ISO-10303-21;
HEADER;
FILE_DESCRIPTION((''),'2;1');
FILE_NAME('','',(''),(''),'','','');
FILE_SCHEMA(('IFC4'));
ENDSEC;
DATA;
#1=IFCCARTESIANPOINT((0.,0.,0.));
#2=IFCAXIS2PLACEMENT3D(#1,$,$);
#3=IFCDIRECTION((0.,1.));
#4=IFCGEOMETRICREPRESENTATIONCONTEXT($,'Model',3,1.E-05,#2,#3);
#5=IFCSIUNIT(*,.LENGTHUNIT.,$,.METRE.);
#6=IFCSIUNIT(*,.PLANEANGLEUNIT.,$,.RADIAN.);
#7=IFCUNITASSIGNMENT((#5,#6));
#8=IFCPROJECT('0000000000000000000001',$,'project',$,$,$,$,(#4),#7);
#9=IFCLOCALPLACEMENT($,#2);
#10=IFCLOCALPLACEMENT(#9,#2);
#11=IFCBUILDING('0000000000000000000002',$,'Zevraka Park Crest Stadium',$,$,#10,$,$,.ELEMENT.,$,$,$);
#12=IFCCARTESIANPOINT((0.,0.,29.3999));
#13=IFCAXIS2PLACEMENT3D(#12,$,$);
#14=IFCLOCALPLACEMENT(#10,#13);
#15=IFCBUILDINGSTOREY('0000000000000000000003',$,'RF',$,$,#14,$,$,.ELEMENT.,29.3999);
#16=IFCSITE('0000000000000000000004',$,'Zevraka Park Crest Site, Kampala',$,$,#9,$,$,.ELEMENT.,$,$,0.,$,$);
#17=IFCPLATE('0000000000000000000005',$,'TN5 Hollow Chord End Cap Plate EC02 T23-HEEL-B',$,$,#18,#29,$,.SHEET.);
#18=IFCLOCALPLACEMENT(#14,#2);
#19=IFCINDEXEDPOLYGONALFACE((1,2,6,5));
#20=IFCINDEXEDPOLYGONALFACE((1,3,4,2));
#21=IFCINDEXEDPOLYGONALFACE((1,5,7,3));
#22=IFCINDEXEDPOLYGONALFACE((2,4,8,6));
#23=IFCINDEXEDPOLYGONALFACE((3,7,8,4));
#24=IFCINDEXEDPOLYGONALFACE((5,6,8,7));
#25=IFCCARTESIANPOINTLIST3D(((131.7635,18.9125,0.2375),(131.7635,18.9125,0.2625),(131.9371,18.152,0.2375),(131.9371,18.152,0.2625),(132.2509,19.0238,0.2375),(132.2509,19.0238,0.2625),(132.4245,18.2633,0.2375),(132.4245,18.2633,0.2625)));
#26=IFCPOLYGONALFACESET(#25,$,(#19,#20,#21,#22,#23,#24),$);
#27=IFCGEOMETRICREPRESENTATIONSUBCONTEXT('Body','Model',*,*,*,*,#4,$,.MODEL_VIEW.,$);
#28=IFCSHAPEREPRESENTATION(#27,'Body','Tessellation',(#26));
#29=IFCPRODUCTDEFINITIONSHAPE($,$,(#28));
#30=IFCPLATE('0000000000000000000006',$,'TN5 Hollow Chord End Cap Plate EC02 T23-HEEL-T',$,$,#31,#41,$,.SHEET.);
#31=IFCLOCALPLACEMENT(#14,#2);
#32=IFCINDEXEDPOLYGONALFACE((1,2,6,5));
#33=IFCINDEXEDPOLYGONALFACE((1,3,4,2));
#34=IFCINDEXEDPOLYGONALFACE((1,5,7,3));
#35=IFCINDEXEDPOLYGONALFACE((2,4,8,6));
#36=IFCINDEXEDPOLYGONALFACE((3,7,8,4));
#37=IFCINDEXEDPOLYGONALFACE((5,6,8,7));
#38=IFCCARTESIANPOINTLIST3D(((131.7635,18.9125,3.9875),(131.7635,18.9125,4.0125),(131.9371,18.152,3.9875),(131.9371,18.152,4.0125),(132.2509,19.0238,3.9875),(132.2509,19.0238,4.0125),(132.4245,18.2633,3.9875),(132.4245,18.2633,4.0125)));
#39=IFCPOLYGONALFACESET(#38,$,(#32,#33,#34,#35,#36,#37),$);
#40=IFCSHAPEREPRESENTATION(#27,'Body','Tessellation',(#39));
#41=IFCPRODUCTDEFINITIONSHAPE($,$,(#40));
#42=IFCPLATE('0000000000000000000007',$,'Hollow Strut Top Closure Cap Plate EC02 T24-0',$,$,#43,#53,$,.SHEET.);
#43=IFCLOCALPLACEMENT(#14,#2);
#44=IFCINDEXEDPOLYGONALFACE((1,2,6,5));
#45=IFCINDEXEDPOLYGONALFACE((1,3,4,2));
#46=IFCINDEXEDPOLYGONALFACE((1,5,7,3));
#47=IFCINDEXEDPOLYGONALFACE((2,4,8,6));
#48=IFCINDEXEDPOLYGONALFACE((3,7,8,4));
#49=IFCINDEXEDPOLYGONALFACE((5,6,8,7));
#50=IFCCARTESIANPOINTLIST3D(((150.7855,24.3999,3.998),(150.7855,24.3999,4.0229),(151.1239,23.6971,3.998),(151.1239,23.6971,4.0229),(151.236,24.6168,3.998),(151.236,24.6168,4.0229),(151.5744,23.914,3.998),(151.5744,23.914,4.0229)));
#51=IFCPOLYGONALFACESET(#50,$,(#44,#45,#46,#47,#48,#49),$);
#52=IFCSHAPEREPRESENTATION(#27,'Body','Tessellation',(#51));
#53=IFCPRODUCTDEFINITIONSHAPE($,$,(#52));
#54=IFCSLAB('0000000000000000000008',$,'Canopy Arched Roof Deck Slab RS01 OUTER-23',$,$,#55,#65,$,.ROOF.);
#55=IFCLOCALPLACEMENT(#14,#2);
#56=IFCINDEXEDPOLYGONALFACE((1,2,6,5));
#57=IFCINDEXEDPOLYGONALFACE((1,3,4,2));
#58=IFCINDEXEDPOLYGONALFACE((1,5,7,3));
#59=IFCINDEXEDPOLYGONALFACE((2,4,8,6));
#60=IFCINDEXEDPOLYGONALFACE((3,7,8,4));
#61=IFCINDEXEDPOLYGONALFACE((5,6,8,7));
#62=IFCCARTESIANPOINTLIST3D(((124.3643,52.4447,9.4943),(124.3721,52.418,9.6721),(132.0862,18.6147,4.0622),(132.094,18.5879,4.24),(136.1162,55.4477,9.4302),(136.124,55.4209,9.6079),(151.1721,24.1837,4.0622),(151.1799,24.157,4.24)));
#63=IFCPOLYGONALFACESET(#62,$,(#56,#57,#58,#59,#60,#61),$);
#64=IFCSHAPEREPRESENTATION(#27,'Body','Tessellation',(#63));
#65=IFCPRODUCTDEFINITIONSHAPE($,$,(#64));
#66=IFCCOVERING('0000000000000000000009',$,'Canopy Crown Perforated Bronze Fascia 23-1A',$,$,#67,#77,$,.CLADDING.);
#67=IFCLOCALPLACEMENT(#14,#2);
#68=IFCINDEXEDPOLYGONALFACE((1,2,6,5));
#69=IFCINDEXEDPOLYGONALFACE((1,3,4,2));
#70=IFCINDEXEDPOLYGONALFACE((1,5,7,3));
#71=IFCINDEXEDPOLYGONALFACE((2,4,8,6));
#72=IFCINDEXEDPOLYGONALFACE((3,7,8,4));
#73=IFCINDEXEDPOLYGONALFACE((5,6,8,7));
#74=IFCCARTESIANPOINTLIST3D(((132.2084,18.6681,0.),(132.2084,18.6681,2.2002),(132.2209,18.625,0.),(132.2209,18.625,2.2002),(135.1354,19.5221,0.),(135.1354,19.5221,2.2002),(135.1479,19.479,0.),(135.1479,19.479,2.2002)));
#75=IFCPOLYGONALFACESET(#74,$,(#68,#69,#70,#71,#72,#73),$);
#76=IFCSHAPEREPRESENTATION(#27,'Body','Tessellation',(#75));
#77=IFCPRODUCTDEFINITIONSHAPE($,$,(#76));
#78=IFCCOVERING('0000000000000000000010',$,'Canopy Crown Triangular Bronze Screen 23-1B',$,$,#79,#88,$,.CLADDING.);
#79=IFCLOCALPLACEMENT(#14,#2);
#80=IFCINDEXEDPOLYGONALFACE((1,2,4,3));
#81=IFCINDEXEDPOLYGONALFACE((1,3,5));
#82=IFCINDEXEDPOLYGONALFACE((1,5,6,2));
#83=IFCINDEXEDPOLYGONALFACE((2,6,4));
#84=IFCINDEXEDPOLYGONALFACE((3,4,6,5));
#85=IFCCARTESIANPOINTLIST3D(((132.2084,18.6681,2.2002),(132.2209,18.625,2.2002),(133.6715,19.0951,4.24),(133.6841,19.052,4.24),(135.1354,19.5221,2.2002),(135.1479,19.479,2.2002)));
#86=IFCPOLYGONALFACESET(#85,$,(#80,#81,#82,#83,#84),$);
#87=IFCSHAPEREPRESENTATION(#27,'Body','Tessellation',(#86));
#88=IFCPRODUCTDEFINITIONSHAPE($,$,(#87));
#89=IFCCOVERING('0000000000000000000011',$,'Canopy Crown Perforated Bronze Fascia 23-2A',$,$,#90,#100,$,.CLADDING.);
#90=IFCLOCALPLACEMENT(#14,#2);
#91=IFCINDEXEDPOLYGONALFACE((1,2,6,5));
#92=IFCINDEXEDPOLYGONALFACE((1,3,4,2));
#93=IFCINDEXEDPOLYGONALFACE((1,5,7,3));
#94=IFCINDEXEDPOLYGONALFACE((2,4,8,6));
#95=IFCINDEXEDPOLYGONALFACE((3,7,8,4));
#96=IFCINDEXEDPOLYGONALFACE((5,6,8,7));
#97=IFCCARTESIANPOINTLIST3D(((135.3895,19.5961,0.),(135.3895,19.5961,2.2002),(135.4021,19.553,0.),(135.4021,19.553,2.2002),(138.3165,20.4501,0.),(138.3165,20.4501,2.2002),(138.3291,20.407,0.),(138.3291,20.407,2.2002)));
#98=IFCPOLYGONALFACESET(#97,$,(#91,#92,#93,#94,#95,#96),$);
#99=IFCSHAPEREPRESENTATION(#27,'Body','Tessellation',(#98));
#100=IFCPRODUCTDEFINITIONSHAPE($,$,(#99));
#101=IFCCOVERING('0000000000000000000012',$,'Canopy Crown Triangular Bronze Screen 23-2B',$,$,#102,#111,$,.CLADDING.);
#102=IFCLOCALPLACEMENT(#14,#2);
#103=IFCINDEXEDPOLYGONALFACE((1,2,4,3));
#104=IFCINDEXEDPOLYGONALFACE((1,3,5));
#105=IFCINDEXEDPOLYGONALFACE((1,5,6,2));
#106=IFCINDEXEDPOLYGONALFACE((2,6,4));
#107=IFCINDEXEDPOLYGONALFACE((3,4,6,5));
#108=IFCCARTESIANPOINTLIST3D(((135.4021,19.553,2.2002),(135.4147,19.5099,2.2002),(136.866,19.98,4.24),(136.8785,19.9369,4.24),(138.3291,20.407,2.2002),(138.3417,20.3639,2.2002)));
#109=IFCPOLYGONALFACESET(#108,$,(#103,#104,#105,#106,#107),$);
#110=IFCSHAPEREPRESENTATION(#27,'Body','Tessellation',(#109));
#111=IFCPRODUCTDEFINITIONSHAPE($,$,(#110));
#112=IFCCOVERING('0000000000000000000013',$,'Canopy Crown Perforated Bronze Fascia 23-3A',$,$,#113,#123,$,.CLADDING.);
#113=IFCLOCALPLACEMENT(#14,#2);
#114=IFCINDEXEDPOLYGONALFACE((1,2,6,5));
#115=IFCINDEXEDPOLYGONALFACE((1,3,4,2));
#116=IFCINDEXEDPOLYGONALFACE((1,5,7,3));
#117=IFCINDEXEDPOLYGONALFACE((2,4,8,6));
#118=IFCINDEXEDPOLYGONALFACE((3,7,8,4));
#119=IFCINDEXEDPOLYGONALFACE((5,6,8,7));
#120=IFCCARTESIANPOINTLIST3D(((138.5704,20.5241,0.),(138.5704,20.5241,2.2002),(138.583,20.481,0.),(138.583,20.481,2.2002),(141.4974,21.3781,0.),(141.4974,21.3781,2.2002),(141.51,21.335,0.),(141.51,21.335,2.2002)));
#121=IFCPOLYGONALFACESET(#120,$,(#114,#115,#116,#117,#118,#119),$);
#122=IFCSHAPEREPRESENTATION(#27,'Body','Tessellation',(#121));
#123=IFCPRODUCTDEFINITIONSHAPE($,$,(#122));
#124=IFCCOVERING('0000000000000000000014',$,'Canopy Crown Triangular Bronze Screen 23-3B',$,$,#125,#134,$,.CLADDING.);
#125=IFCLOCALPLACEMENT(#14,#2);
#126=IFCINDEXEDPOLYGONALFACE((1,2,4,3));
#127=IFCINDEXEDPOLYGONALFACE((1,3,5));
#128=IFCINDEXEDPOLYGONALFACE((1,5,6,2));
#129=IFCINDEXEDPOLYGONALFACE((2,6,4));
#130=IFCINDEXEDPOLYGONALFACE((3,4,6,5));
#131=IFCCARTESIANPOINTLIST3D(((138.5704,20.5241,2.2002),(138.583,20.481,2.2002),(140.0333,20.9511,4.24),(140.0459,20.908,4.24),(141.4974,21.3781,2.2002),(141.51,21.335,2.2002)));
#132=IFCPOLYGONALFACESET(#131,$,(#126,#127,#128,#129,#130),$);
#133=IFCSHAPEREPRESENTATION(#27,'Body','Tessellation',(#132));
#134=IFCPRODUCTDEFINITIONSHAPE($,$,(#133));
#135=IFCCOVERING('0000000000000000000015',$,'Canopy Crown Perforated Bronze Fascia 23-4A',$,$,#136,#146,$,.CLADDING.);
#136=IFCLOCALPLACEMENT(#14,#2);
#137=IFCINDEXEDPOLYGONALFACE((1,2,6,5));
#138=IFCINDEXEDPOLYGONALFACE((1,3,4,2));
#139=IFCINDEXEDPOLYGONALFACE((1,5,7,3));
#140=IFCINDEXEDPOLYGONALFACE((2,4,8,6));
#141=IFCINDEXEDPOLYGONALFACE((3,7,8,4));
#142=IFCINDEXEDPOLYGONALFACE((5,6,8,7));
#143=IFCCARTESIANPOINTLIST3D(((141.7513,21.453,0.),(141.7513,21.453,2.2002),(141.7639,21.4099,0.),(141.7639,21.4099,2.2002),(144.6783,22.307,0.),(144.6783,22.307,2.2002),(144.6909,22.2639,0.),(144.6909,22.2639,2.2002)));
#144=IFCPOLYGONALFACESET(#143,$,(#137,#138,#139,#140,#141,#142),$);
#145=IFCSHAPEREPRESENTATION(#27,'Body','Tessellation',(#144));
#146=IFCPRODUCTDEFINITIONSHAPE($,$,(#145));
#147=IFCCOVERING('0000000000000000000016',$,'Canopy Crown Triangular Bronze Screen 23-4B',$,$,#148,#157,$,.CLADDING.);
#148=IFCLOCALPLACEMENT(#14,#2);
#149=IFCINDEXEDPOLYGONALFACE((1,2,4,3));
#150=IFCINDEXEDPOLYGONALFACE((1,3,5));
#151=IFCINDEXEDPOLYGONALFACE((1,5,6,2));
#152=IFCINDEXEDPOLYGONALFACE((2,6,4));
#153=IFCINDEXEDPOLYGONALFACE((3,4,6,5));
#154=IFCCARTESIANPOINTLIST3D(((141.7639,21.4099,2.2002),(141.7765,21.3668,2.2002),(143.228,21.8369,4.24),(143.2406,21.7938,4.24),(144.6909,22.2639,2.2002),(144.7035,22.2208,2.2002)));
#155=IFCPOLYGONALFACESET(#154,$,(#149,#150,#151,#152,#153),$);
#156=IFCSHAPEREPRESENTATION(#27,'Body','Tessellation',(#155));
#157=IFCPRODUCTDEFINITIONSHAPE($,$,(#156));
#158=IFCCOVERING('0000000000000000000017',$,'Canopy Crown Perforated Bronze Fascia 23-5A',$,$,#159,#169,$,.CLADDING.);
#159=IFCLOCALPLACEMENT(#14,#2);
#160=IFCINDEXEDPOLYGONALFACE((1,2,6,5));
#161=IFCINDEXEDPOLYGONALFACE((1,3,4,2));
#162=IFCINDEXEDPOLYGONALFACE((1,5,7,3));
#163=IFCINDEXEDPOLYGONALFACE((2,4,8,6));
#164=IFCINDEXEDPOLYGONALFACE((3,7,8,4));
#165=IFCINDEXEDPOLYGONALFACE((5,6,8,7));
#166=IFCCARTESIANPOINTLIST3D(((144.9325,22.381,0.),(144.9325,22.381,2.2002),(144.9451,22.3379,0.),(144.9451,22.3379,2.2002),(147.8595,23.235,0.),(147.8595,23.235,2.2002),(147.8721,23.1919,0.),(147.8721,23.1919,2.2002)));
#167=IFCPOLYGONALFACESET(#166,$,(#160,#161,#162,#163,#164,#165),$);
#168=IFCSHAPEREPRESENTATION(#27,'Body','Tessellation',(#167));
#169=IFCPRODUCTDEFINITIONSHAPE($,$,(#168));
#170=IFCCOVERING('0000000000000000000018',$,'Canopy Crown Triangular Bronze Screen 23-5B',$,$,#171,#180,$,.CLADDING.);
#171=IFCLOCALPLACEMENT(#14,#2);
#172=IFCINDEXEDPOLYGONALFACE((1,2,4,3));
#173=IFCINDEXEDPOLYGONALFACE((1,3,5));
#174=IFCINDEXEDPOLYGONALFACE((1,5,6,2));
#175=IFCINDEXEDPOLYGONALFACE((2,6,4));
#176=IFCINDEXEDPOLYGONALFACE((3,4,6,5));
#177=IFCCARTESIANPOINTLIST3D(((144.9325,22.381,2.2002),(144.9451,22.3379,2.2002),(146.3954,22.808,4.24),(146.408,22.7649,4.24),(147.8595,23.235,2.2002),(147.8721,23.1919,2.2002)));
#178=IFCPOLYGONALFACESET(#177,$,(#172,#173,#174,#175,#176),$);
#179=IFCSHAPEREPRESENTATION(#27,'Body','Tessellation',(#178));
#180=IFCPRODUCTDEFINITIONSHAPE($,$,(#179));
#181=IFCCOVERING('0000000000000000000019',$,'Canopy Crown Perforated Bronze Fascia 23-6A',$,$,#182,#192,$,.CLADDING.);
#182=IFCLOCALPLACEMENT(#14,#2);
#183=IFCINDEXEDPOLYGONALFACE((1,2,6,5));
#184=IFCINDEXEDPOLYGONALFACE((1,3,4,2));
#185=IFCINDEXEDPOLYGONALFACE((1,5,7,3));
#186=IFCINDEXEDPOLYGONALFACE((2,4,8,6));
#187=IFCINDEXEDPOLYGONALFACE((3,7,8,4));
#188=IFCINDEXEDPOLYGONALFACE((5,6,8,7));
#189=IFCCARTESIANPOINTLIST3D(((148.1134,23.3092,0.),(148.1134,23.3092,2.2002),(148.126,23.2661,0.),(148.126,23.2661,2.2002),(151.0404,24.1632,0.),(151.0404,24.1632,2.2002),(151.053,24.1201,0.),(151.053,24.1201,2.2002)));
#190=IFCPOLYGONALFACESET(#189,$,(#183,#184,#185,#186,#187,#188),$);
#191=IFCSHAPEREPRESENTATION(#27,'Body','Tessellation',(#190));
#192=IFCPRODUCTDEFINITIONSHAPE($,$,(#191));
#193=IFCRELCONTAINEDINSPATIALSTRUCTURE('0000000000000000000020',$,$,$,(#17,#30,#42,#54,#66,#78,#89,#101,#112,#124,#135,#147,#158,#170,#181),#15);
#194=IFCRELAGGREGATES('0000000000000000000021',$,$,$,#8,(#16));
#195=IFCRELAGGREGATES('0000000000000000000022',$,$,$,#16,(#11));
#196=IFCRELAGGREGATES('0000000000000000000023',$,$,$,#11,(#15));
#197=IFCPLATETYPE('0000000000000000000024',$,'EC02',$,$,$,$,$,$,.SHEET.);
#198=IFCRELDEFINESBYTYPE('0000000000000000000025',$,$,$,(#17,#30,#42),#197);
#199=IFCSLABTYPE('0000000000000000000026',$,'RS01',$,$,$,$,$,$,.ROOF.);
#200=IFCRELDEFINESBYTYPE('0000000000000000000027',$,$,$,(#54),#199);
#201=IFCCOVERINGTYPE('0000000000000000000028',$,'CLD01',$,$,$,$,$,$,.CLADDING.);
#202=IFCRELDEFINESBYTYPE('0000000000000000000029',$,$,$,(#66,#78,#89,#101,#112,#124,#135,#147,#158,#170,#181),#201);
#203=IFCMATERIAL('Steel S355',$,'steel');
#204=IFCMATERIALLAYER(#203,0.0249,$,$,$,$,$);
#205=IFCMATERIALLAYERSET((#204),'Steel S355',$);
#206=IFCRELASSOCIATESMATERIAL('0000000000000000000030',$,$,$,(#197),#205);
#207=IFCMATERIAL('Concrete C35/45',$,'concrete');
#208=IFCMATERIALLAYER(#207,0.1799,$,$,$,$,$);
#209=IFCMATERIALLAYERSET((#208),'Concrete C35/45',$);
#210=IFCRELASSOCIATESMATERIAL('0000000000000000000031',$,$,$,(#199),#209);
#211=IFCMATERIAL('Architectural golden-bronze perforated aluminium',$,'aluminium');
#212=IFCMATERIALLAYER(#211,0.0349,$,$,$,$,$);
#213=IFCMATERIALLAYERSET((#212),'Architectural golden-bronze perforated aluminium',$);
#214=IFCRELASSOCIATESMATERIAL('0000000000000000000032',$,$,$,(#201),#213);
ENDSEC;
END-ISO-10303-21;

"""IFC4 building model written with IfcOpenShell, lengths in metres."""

from ifc_helpers import new_model, si_unit, direction, frame, origin, origin_2d, place, context, subcontext, project, spatial, polyline, rectangle, outline, extrude, material, layer, layer_set, type_object, element, save


model = new_model("IFC4")

# Units and contexts
model_context = context("Model", 3, precision=1e-05, world=origin(), true_north=direction((0.0, 1.0)))
body_context = subcontext(model_context, "Body", "Model", "MODEL_VIEW")
ifc_project = project(units=[si_unit("LENGTHUNIT", "METRE"), si_unit("PLANEANGLEUNIT", "RADIAN")], contexts=[model_context])

# Site, building, storey
site_placement = place(None, origin())
site = spatial("IfcSite", under=ifc_project, at=site_placement, Name="Zevraka Park Crest Site, Kampala", CompositionType="ELEMENT", RefElevation=0.0)
building_placement = place(site_placement, origin())
building = spatial("IfcBuilding", under=site, at=building_placement, Name="Zevraka Park Crest Stadium", CompositionType="ELEMENT")
storey_placement = place(building_placement, frame((0.0, 0.0, 29.3999)))
storey = spatial("IfcBuildingStorey", under=building, at=storey_placement, Name="RF", CompositionType="ELEMENT", Elevation=29.3999)

# Plates
ifc_material_1 = material(Name="Steel S355", Category="steel")
ifc_layer_1 = layer(ifc_material_1, 0.0249)
ifc_layer_set_1 = layer_set([ifc_layer_1], Name="Steel S355")
plate_type_1 = type_object("IfcPlateType", Name="EC02", PredefinedType="SHEET", material=ifc_layer_set_1)
for number, where, z_axis, x_axis, name in (
    (1, (132.094, 18.5879, 0.2375), (0.0, 0.0, 1.0), (-0.22257, 0.974917, 0.0), "TN5 Hollow Chord End Cap Plate EC02 T23-HEEL-B"),
    (2, (132.094, 18.5879, 3.9875), (0.0, 0.0, 1.0), (-0.22257, 0.974917, 0.0), "TN5 Hollow Chord End Cap Plate EC02 T23-HEEL-T"),
    (3, (151.1799, 24.157, 3.998), (0.0, 0.0, 1.0), (-0.433816, 0.901001, 0.0), "Hollow Strut Top Closure Cap Plate EC02 T24-0"),
):
    element("IfcPlate", number, at=place(storey_placement, frame(where, z_axis=z_axis, x_axis=x_axis)), inside=storey, type_object=plate_type_1, Name=name, PredefinedType="SHEET", context=body_context, shape_type="SweptSolid", body=[
        extrude(rectangle(XDim=0.78, YDim=0.5, at=origin_2d()), origin(), (0.0, 0.0, 1.0), 0.0249),
    ])

# Slab
ifc_material_2 = material(Name="Concrete C35/45", Category="concrete")
ifc_layer_2 = layer(ifc_material_2, 0.1799)
ifc_layer_set_2 = layer_set([ifc_layer_2], Name="Concrete C35/45")
slab_type = type_object("IfcSlabType", Name="RS01", PredefinedType="ROOF", material=ifc_layer_set_2)
slab_placement = place(storey_placement, frame((132.094, 18.5879, 4.24), z_axis=(0.043398, -0.148725, 0.987926), x_axis=(0.959968, 0.28011, -0.000002)))
element("IfcSlab", 4, at=slab_placement, inside=storey, type_object=slab_type, Name="Canopy Arched Roof Deck Slab RS01 OUTER-23", PredefinedType="ROOF", context=body_context, shape_type="SweptSolid", body=[
    extrude(outline(polyline([(0.0, 0.0), (19.8818, 0.0), (14.186, 34.648), (2.0633, 35.0621), (0.0, 0.0)])), origin(), (0.0, 0.0, -1.0), 0.1799),
])

# Coverings
ifc_material_3 = material(Name="Architectural golden-bronze perforated aluminium", Category="aluminium")
ifc_layer_3 = layer(ifc_material_3, 0.0349)
ifc_layer_set_3 = layer_set([ifc_layer_3], Name="Architectural golden-bronze perforated aluminium")
covering_type_1 = type_object("IfcCoveringType", Name="CLD01", PredefinedType="CLADDING", material=ifc_layer_set_3)
covering_1_placement = place(storey_placement, frame((132.2209, 18.625, 0.0), z_axis=(0.280089, -0.959974, 0.0), x_axis=(0.959974, 0.280089, 0.0)))
element("IfcCovering", 5, at=covering_1_placement, inside=storey, type_object=covering_type_1, Name="Canopy Crown Perforated Bronze Fascia 23-1A", PredefinedType="CLADDING", context=body_context, shape_type="SweptSolid", body=[
    extrude(outline(polyline([(0.0, 0.0), (3.049, 0.0), (3.049, 2.2002), (0.0, 2.2002), (0.0, 0.0)])), origin(), (0.0, 0.0, -1.0), 0.0449),
])
covering_2_placement = place(storey_placement, frame((132.2209, 18.625, 2.2002), z_axis=(0.280089, -0.959974, 0.00005), x_axis=(0.959974, 0.280089, 0.0)))
element("IfcCovering", 6, at=covering_2_placement, inside=storey, type_object=covering_type_1, Name="Canopy Crown Triangular Bronze Screen 23-1B", PredefinedType="CLADDING", context=body_context, shape_type="SweptSolid", body=[
    extrude(outline(polyline([(0.0, 0.0), (3.049, 0.0), (1.5242, 2.0398), (0.0, 0.0)])), origin(), (0.0, 0.0, -1.0), 0.0449),
])
covering_3_placement = place(storey_placement, frame((135.4021, 19.553, 0.0), z_axis=(0.280089, -0.959974, 0.0), x_axis=(0.959974, 0.280089, 0.0)))
element("IfcCovering", 7, at=covering_3_placement, inside=storey, type_object=covering_type_1, Name="Canopy Crown Perforated Bronze Fascia 23-2A", PredefinedType="CLADDING", context=body_context, shape_type="SweptSolid", body=[
    extrude(outline(polyline([(0.0, 0.0), (3.049, 0.0), (3.049, 2.2002), (0.0, 2.2002), (0.0, 0.0)])), origin(), (0.0, 0.0, -1.0), 0.0449),
])
covering_4_placement = place(storey_placement, frame((135.4021, 19.553, 2.2002), z_axis=(-0.280089, 0.959974, 0.00005), x_axis=(0.959974, 0.280089, 0.0)))
element("IfcCovering", 8, at=covering_4_placement, inside=storey, type_object=covering_type_1, Name="Canopy Crown Triangular Bronze Screen 23-2B", PredefinedType="CLADDING", context=body_context, shape_type="SweptSolid", body=[
    extrude(outline(polyline([(0.0, 0.0), (3.049, 0.0), (1.5249, -2.0398), (0.0, 0.0)])), origin(), (0.0, 0.0, -1.0), 0.0449),
])
covering_5_placement = place(storey_placement, frame((138.583, 20.481, 0.0), z_axis=(0.280089, -0.959974, 0.0), x_axis=(0.959974, 0.280089, 0.0)))
element("IfcCovering", 9, at=covering_5_placement, inside=storey, type_object=covering_type_1, Name="Canopy Crown Perforated Bronze Fascia 23-3A", PredefinedType="CLADDING", context=body_context, shape_type="SweptSolid", body=[
    extrude(outline(polyline([(0.0, 0.0), (3.049, 0.0), (3.049, 2.2002), (0.0, 2.2002), (0.0, 0.0)])), origin(), (0.0, 0.0, -1.0), 0.0449),
])
covering_6_placement = place(storey_placement, frame((138.583, 20.481, 2.2002), z_axis=(0.280089, -0.959974, 0.000084), x_axis=(0.959974, 0.280089, 0.0)))
element("IfcCovering", 10, at=covering_6_placement, inside=storey, type_object=covering_type_1, Name="Canopy Crown Triangular Bronze Screen 23-3B", PredefinedType="CLADDING", context=body_context, shape_type="SweptSolid", body=[
    extrude(outline(polyline([(0.0, 0.0), (3.049, 0.0), (1.5239, 2.0398), (0.0, 0.0)])), origin(), (0.0, 0.0, -1.0), 0.0449),
])
covering_7_placement = place(storey_placement, frame((141.7639, 21.4099, 0.0), z_axis=(0.280089, -0.959974, 0.0), x_axis=(0.959974, 0.280089, 0.0)))
element("IfcCovering", 11, at=covering_7_placement, inside=storey, type_object=covering_type_1, Name="Canopy Crown Perforated Bronze Fascia 23-4A", PredefinedType="CLADDING", context=body_context, shape_type="SweptSolid", body=[
    extrude(outline(polyline([(0.0, 0.0), (3.049, 0.0), (3.049, 2.2002), (0.0, 2.2002), (0.0, 0.0)])), origin(), (0.0, 0.0, -1.0), 0.0449),
])
covering_8_placement = place(storey_placement, frame((141.7639, 21.4099, 2.2002), z_axis=(-0.280089, 0.959974, 0.000084), x_axis=(0.959974, 0.280089, 0.0)))
element("IfcCovering", 12, at=covering_8_placement, inside=storey, type_object=covering_type_1, Name="Canopy Crown Triangular Bronze Screen 23-4B", PredefinedType="CLADDING", context=body_context, shape_type="SweptSolid", body=[
    extrude(outline(polyline([(0.0, 0.0), (3.049, 0.0), (1.5251, -2.0398), (0.0, 0.0)])), origin(), (0.0, 0.0, -1.0), 0.0449),
])
covering_9_placement = place(storey_placement, frame((144.9451, 22.3379, 0.0), z_axis=(0.280089, -0.959974, 0.0), x_axis=(0.959974, 0.280089, 0.0)))
element("IfcCovering", 13, at=covering_9_placement, inside=storey, type_object=covering_type_1, Name="Canopy Crown Perforated Bronze Fascia 23-5A", PredefinedType="CLADDING", context=body_context, shape_type="SweptSolid", body=[
    extrude(outline(polyline([(0.0, 0.0), (3.049, 0.0), (3.049, 2.2002), (0.0, 2.2002), (0.0, 0.0)])), origin(), (0.0, 0.0, -1.0), 0.0449),
])
covering_10_placement = place(storey_placement, frame((144.9451, 22.3379, 2.2002), z_axis=(0.280089, -0.959974, 0.000084), x_axis=(0.959974, 0.280089, 0.0)))
element("IfcCovering", 14, at=covering_10_placement, inside=storey, type_object=covering_type_1, Name="Canopy Crown Triangular Bronze Screen 23-5B", PredefinedType="CLADDING", context=body_context, shape_type="SweptSolid", body=[
    extrude(outline(polyline([(0.0, 0.0), (3.049, 0.0), (1.5239, 2.0398), (0.0, 0.0)])), origin(), (0.0, 0.0, -1.0), 0.0449),
])
covering_11_placement = place(storey_placement, frame((148.126, 23.2661, 0.0), z_axis=(0.280089, -0.959974, 0.0), x_axis=(0.959974, 0.280089, 0.0)))
element("IfcCovering", 15, at=covering_11_placement, inside=storey, type_object=covering_type_1, Name="Canopy Crown Perforated Bronze Fascia 23-6A", PredefinedType="CLADDING", context=body_context, shape_type="SweptSolid", body=[
    extrude(outline(polyline([(0.0, 0.0), (3.049, 0.0), (3.049, 2.2002), (0.0, 2.2002), (0.0, 0.0)])), origin(), (0.0, 0.0, -1.0), 0.0449),
])

save(model, "model.ifc")
